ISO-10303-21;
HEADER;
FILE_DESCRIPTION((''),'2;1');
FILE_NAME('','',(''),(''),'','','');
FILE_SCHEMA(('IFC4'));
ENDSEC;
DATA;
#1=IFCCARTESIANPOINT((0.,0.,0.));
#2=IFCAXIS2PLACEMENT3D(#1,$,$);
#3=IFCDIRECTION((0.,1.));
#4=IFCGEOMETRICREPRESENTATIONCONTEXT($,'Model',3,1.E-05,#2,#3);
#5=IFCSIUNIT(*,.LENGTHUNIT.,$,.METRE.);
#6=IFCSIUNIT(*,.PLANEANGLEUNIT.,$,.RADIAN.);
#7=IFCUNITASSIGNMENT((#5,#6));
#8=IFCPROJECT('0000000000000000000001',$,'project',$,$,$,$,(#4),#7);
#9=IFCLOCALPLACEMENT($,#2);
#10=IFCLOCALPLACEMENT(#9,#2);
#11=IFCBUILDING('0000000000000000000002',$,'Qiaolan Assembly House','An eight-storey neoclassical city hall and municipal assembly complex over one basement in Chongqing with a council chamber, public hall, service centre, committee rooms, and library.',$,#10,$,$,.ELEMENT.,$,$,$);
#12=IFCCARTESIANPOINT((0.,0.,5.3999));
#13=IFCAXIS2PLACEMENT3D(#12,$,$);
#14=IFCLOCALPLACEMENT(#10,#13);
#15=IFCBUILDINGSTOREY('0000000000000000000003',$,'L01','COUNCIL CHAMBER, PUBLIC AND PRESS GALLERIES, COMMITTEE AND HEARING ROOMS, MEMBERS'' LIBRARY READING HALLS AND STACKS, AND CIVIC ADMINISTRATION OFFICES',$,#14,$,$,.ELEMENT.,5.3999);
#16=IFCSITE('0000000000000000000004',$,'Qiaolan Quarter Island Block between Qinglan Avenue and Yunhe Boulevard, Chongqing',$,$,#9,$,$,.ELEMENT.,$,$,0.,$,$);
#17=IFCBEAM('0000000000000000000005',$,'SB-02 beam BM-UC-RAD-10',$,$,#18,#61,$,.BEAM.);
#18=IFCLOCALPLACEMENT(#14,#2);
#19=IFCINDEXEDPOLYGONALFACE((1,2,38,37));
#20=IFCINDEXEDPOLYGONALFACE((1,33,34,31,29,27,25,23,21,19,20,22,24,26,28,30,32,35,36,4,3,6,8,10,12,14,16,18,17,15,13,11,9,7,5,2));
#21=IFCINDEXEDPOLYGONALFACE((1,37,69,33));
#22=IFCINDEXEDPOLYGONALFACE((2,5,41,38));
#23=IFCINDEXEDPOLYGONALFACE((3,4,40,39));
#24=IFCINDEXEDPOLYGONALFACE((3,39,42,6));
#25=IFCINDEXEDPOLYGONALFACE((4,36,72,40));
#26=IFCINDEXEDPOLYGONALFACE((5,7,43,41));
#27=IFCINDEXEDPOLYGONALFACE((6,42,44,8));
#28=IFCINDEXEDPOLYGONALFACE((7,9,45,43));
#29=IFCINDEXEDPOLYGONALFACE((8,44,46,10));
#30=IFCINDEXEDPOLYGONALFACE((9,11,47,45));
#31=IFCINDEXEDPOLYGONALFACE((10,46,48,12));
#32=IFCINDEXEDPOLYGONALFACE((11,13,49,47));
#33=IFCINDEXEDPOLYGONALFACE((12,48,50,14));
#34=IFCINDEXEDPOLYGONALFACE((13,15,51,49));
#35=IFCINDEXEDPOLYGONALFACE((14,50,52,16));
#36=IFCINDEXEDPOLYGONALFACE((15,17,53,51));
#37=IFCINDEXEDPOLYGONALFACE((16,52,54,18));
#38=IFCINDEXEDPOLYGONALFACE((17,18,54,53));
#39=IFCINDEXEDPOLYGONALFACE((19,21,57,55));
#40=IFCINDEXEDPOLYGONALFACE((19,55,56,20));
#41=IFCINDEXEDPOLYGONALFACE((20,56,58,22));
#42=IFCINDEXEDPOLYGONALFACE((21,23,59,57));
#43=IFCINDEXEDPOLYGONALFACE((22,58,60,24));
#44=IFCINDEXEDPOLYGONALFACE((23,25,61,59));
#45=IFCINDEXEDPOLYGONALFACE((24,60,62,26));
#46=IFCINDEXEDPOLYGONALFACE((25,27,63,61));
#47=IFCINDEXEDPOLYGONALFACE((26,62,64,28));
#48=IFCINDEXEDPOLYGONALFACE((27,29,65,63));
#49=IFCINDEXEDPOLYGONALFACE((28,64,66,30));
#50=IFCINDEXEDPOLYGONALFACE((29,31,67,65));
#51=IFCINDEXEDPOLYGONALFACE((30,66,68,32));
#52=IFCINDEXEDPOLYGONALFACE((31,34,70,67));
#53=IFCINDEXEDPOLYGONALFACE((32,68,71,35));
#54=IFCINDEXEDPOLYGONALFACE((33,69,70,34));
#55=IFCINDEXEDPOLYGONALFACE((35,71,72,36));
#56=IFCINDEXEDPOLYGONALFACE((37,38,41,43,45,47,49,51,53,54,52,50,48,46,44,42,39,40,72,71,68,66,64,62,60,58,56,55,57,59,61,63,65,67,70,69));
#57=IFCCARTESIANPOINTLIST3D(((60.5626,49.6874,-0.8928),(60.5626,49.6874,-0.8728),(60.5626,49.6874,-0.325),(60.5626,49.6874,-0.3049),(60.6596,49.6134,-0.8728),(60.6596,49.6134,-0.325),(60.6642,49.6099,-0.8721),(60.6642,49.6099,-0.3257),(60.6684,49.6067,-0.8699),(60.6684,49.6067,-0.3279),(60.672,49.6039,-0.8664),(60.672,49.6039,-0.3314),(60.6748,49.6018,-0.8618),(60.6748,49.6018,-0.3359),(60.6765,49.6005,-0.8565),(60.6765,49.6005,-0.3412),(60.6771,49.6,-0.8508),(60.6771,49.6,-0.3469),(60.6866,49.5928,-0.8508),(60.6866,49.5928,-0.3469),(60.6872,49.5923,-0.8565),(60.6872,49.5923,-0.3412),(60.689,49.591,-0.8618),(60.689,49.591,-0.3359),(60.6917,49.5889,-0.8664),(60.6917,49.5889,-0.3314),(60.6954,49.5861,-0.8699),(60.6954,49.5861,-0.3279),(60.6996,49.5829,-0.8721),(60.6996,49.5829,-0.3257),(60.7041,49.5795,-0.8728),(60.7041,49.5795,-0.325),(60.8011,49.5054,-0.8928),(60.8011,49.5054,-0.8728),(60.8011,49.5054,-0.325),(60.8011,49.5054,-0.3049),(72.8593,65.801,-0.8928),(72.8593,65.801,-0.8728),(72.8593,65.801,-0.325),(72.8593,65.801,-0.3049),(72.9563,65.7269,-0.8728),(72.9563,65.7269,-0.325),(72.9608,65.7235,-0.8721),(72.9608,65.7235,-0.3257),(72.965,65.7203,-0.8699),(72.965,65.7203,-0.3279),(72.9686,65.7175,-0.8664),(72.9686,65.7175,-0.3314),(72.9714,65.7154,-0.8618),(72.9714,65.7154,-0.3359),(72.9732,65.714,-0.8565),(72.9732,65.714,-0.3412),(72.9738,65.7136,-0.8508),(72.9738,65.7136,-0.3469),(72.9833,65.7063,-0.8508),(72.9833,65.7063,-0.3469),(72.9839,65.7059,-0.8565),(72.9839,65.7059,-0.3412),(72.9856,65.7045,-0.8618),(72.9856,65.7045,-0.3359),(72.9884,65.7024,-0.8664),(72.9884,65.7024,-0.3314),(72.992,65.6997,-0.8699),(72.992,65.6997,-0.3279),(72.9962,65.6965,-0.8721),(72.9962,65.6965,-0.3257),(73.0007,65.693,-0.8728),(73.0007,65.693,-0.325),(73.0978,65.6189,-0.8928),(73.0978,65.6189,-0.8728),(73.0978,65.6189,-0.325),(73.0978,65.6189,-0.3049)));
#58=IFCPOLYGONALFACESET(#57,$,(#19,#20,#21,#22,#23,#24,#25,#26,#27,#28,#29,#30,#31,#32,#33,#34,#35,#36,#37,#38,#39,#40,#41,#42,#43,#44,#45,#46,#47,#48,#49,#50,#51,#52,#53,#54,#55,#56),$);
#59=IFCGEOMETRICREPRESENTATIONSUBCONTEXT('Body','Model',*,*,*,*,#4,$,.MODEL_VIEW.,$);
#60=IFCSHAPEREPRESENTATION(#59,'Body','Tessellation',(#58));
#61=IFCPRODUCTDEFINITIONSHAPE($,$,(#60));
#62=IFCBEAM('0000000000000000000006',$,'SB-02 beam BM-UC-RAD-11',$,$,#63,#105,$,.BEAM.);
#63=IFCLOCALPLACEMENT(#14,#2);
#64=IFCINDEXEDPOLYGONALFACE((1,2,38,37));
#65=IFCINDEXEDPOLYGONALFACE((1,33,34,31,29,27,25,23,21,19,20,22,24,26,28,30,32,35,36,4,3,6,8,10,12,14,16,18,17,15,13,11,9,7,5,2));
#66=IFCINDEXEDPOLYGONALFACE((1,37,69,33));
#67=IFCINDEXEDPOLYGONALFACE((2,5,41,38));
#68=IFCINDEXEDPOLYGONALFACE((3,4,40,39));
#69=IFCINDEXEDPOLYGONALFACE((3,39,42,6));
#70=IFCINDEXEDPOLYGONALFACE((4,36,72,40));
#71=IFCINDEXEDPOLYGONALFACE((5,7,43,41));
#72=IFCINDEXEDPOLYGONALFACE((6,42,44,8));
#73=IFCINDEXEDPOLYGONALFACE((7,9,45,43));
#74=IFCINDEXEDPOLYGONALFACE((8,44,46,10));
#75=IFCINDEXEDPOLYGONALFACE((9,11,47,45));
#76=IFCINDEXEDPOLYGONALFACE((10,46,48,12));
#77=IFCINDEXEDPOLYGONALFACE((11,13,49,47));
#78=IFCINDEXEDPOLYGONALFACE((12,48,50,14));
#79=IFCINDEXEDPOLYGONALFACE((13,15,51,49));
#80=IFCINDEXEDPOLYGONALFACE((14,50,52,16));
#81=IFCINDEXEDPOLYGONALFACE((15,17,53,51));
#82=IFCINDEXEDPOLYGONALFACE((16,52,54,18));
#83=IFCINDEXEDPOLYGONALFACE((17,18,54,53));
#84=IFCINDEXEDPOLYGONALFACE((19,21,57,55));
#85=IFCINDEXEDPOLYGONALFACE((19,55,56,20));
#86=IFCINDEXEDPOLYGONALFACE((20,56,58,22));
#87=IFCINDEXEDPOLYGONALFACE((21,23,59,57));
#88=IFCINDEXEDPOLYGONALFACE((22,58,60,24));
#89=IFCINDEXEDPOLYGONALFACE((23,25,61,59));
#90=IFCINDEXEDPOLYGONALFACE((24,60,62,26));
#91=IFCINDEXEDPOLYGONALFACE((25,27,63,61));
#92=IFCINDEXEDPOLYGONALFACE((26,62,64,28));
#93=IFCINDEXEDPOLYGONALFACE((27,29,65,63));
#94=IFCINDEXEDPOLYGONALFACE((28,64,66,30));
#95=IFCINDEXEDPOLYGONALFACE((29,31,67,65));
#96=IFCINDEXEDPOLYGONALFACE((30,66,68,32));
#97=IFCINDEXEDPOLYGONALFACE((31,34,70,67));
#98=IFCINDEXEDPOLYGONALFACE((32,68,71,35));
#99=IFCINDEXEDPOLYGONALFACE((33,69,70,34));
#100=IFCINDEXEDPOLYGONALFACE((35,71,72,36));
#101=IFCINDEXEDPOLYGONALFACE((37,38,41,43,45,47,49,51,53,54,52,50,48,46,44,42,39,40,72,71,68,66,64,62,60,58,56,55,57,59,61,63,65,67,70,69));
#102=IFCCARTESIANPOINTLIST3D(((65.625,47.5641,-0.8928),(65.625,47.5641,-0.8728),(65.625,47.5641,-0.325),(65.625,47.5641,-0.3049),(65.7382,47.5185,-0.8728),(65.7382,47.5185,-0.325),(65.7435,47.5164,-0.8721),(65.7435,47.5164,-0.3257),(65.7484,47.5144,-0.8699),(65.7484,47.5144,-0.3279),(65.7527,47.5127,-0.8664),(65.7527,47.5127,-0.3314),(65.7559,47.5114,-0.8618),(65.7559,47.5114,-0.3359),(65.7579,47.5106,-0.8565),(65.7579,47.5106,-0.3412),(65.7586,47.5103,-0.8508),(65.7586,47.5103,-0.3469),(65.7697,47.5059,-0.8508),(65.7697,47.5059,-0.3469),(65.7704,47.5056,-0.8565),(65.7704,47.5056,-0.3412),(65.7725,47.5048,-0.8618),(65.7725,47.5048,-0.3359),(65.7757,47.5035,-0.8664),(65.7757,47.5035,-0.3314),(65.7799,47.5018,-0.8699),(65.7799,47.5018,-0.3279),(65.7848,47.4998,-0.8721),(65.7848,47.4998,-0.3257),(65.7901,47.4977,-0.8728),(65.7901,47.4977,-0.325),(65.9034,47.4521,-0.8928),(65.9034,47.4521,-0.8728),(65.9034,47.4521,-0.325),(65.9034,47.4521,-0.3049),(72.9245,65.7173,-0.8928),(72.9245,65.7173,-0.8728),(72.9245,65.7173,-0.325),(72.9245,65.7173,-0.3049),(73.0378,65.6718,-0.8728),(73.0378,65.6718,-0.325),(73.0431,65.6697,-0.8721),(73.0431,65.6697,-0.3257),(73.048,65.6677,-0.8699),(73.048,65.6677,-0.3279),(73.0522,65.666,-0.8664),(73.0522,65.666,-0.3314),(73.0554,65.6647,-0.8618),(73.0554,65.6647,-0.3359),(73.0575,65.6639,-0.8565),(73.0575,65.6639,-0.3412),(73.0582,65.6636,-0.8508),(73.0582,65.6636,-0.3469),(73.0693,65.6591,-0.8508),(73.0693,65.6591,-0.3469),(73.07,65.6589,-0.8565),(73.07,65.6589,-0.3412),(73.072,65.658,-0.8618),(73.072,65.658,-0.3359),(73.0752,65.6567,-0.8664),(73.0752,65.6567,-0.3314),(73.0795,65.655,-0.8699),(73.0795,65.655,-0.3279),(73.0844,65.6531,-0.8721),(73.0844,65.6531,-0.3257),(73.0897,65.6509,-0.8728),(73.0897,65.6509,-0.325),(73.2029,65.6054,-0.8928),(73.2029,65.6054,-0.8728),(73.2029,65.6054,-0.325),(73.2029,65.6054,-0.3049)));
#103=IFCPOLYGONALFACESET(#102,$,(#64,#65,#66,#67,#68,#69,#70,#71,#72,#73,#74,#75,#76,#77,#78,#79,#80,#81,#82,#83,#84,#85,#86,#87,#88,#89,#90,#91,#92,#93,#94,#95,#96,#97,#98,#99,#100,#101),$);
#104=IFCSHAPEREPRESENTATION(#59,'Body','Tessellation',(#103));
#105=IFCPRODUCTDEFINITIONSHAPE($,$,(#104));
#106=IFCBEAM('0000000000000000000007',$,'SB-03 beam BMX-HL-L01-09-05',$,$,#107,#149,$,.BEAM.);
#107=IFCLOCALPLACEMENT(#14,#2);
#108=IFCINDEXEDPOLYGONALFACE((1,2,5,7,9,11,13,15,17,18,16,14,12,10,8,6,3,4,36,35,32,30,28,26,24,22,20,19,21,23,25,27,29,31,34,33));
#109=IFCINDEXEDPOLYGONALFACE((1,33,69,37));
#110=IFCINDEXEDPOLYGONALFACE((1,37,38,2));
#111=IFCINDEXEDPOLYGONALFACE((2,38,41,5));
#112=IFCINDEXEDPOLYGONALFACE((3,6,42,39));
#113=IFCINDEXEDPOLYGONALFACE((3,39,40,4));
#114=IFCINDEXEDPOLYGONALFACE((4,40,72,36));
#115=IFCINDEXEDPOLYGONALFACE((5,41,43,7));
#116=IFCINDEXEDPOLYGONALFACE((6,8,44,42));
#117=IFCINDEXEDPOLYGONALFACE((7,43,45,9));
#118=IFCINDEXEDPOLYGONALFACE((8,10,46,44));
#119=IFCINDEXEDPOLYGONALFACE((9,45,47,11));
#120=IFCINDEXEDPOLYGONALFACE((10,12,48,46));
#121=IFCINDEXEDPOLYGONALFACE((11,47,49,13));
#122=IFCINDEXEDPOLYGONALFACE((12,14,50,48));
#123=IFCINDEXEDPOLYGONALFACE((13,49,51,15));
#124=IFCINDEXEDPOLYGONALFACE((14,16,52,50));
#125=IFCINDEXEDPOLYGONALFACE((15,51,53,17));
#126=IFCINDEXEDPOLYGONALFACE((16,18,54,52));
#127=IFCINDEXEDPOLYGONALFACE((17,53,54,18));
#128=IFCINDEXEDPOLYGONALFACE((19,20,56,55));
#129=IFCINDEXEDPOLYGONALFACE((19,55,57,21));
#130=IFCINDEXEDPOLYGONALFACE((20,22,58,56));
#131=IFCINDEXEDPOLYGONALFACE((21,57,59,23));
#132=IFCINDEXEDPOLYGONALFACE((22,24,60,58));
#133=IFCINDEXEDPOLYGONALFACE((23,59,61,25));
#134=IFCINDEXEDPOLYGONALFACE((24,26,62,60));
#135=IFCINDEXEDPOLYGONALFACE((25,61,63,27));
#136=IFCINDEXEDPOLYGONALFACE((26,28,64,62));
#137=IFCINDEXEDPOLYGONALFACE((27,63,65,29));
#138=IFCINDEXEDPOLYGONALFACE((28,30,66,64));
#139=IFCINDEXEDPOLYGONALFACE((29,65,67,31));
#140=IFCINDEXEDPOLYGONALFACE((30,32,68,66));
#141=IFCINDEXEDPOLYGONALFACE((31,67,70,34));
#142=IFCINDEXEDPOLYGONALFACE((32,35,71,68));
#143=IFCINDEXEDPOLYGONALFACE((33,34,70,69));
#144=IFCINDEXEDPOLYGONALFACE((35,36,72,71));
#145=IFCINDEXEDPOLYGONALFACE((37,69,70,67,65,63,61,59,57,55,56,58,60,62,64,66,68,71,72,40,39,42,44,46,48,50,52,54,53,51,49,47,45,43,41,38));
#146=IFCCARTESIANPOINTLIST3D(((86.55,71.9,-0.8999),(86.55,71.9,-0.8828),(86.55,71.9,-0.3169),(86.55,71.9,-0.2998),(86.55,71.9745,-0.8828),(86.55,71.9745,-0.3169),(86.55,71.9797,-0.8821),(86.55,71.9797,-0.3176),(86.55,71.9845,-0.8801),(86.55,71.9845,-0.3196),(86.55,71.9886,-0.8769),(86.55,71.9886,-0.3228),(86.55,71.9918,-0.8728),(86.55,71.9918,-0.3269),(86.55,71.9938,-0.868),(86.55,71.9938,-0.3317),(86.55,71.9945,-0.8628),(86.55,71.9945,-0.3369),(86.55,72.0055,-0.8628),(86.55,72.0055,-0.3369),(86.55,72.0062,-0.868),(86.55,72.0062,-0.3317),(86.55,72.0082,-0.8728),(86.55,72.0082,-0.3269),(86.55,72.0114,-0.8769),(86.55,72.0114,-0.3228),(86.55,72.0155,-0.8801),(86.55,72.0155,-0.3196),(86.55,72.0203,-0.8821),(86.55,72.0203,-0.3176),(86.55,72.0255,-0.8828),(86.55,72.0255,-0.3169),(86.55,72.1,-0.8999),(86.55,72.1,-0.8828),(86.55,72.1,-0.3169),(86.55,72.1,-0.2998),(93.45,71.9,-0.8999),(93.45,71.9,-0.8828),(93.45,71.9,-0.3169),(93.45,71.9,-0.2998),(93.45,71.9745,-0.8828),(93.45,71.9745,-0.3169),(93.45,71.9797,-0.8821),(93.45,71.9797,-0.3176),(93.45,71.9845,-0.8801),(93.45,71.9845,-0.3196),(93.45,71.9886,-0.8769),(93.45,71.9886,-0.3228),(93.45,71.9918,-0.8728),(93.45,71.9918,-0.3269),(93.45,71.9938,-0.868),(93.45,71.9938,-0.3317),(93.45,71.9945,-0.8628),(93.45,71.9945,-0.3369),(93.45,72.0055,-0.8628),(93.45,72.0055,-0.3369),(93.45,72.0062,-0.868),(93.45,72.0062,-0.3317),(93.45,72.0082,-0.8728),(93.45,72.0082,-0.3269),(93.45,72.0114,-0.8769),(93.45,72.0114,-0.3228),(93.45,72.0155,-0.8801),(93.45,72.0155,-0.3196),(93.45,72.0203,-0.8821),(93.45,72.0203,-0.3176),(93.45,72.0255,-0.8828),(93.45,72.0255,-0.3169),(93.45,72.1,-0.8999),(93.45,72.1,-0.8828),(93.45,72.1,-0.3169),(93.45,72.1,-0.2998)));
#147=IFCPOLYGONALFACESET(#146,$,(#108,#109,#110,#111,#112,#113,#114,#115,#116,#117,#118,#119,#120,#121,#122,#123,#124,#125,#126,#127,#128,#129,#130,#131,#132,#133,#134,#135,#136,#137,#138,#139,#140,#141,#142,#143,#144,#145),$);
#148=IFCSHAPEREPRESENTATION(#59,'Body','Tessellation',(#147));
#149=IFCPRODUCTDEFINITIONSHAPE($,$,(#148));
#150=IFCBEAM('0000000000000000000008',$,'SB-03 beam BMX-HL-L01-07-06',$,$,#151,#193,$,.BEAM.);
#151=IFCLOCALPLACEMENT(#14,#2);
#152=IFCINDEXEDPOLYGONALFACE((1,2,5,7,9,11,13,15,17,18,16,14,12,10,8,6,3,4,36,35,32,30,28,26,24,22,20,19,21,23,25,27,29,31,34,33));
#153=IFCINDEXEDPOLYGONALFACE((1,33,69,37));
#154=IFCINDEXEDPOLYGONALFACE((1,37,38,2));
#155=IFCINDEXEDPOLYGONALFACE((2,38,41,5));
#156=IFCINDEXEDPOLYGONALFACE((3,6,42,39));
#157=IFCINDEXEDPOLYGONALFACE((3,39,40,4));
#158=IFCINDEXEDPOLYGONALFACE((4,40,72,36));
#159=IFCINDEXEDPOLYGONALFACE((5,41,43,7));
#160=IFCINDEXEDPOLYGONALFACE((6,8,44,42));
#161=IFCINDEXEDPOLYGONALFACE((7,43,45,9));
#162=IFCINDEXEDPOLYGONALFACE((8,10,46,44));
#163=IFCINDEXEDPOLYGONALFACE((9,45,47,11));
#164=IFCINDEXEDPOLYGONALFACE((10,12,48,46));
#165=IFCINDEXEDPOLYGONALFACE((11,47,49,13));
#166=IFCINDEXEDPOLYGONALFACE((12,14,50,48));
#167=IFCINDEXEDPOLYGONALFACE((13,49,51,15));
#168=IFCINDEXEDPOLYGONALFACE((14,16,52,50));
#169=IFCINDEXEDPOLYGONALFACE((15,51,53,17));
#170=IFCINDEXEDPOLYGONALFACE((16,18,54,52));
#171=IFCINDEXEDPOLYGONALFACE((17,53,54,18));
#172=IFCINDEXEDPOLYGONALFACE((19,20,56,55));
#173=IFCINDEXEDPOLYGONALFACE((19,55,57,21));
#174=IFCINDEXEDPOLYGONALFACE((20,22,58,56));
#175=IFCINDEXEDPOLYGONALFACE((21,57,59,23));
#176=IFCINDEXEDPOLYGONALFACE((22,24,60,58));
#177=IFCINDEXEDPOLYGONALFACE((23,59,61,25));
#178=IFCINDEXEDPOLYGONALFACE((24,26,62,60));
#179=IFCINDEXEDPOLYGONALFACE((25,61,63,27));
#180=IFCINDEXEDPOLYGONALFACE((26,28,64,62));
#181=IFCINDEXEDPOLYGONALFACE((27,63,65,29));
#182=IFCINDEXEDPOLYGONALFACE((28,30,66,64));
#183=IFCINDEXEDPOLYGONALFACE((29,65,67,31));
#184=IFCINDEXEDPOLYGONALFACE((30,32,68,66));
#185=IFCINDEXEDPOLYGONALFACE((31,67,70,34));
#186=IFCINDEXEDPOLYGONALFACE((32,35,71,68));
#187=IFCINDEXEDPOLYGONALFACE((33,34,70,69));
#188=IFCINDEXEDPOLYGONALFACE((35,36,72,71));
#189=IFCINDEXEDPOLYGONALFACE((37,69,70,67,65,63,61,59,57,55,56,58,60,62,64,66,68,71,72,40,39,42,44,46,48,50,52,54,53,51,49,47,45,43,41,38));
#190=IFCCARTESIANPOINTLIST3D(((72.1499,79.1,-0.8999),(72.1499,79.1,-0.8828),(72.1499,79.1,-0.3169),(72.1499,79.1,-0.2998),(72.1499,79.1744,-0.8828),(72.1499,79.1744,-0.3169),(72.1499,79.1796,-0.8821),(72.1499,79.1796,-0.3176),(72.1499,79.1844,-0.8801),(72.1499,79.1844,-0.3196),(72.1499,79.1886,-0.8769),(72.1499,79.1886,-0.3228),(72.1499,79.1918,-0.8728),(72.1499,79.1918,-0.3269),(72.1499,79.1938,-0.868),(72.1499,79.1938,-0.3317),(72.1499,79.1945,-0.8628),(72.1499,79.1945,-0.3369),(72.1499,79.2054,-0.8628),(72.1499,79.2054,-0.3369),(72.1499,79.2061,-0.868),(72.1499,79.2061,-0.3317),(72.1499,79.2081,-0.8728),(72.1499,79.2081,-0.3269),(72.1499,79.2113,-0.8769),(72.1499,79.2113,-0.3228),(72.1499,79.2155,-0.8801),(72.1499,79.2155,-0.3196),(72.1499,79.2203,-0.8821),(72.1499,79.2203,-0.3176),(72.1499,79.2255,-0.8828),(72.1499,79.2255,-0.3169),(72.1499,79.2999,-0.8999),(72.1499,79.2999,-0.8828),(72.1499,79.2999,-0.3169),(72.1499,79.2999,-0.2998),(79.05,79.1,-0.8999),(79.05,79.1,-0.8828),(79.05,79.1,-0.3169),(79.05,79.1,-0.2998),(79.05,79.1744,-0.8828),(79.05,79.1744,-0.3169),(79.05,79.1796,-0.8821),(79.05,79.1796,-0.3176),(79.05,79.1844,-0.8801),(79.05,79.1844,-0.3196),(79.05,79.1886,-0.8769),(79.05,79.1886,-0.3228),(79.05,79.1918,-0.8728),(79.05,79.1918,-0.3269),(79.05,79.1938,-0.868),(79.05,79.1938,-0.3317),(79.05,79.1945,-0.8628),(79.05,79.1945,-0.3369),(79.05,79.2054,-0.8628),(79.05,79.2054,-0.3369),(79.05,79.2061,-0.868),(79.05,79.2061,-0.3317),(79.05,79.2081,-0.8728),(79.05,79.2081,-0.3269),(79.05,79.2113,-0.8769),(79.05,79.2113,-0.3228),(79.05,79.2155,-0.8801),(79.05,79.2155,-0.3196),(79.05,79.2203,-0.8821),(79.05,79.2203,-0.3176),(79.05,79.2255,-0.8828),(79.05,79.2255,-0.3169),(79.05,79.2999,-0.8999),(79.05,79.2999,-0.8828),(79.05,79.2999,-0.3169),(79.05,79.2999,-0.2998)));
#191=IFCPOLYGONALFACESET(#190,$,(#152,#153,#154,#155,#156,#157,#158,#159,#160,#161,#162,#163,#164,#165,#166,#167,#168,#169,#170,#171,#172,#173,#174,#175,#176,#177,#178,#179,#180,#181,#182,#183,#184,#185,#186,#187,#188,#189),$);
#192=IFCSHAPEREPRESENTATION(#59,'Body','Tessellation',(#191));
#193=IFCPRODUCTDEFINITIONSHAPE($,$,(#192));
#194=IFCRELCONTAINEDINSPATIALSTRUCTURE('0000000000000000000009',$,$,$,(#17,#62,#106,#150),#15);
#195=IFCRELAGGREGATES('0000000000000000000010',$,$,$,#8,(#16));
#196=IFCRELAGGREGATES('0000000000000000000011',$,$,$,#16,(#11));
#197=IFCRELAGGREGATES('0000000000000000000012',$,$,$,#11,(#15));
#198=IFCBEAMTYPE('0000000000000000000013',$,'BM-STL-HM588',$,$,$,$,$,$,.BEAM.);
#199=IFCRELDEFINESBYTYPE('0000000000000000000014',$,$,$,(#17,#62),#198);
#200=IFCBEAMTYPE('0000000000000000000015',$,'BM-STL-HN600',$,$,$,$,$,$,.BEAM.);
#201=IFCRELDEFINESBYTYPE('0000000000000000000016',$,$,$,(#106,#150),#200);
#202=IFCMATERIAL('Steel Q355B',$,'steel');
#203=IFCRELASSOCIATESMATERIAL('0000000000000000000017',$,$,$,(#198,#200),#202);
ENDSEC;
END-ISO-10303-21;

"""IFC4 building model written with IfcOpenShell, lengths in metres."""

from ifc_helpers import new_model, si_unit, direction, frame, origin, origin_2d, place, context, subcontext, project, spatial, i_section, extrude, material, material_profile, profile_set, type_object, element, save


model = new_model("IFC4")

# Units and contexts
model_context = context("Model", 3, precision=1e-05, world=origin(), true_north=direction((0.0, 1.0)))
body_context = subcontext(model_context, "Body", "Model", "MODEL_VIEW")
ifc_project = project(units=[si_unit("LENGTHUNIT", "METRE"), si_unit("PLANEANGLEUNIT", "RADIAN")], contexts=[model_context])

# Site, building, storey
site_placement = place(None, origin())
site = spatial("IfcSite", under=ifc_project, at=site_placement, Name="Qiaolan Quarter Island Block between Qinglan Avenue and Yunhe Boulevard, Chongqing", CompositionType="ELEMENT", RefElevation=0.0)
building_placement = place(site_placement, origin())
building = spatial("IfcBuilding", under=site, at=building_placement, Name="Qiaolan Assembly House", Description="An eight-storey neoclassical city hall and municipal assembly complex over one basement in Chongqing with a council chamber, public hall, service centre, committee rooms, and library.", CompositionType="ELEMENT")
storey_placement = place(building_placement, frame((0.0, 0.0, 5.3999)))
storey = spatial("IfcBuildingStorey", under=building, at=storey_placement, Name="L01", Description="COUNCIL CHAMBER, PUBLIC AND PRESS GALLERIES, COMMITTEE AND HEARING ROOMS, MEMBERS' LIBRARY READING HALLS AND STACKS, AND CIVIC ADMINISTRATION OFFICES", CompositionType="ELEMENT", Elevation=5.3999)

# Shared definitions
ifc_material_1 = material(Name="Steel Q355B", Category="steel")

# Beams
ifc_material_profile_1 = material_profile(ifc_material_1, i_section(OverallWidth=0.3, OverallDepth=0.5879, WebThickness=0.012, FlangeThickness=0.02, FilletRadius=0.022, at=origin_2d()), Name="HM 588x300x12x20")
ifc_profile_set_1 = profile_set([ifc_material_profile_1], Name="Steel Q355B")
beam_type_1 = type_object("IfcBeamType", Name="BM-STL-HM588", PredefinedType="BEAM", material=ifc_profile_set_1)
for number, where, z_axis, x_axis, name in (
    (1, (72.9785, 65.71, -0.5989), (-0.606657, -0.794964, 0.0), (0.794964, -0.606657, 0.0), "SB-02 beam BM-UC-RAD-10"),
):
    element("IfcBeam", number, at=place(storey_placement, frame(where, z_axis=z_axis, x_axis=x_axis)), inside=storey, type_object=beam_type_1, Name=name, PredefinedType="BEAM", context=body_context, shape_type="SweptSolid", body=[
        extrude(i_section(OverallWidth=0.3, OverallDepth=0.5879, WebThickness=0.012, FlangeThickness=0.02, FilletRadius=0.022, at=origin_2d()), origin(), (0.0, 0.0, 1.0), 20.2695),
    ])
beam_1_placement = place(storey_placement, frame((73.0637, 65.6614, -0.5989), z_axis=(-0.373075, -0.927801, 0.0), x_axis=(0.927801, -0.373075, 0.0)))
element("IfcBeam", 2, at=beam_1_placement, inside=storey, type_object=beam_type_1, Name="SB-02 beam BM-UC-RAD-11", PredefinedType="BEAM", context=body_context, shape_type="SweptSolid", body=[
    extrude(i_section(OverallWidth=0.3, OverallDepth=0.5879, WebThickness=0.012, FlangeThickness=0.02, FilletRadius=0.022, at=origin_2d()), origin(), (0.0, 0.0, 1.0), 19.5659),
])
ifc_material_profile_2 = material_profile(ifc_material_1, i_section(OverallWidth=0.2, OverallDepth=0.6001, WebThickness=0.011, FlangeThickness=0.0171, FilletRadius=0.02, at=origin_2d()), Name="HN 600x200x11x17")
ifc_profile_set_2 = profile_set([ifc_material_profile_2], Name="Steel Q355B")
beam_type_2 = type_object("IfcBeamType", Name="BM-STL-HN600", PredefinedType="BEAM", material=ifc_profile_set_2)
beam_2_placement = place(storey_placement, frame((86.55, 72.0, -0.5999), z_axis=(1.0, 0.0, 0.0), x_axis=(0.0, 1.0, 0.0)))
element("IfcBeam", 3, at=beam_2_placement, inside=storey, type_object=beam_type_2, Name="SB-03 beam BMX-HL-L01-09-05", PredefinedType="BEAM", context=body_context, shape_type="SweptSolid", body=[
    extrude(i_section(OverallWidth=0.2, OverallDepth=0.6001, WebThickness=0.011, FlangeThickness=0.0171, FilletRadius=0.02, at=origin_2d()), origin(), (0.0, 0.0, 1.0), 6.8999),
])
beam_3_placement = place(storey_placement, frame((72.1499, 79.2, -0.5999), z_axis=(1.0, 0.0, 0.0), x_axis=(0.0, 1.0, 0.0)))
element("IfcBeam", 4, at=beam_3_placement, inside=storey, type_object=beam_type_2, Name="SB-03 beam BMX-HL-L01-07-06", PredefinedType="BEAM", context=body_context, shape_type="SweptSolid", body=[
    extrude(i_section(OverallWidth=0.2, OverallDepth=0.6001, WebThickness=0.011, FlangeThickness=0.0171, FilletRadius=0.02, at=origin_2d()), origin(), (0.0, 0.0, 1.0), 6.9001),
])

save(model, "model.ifc")
